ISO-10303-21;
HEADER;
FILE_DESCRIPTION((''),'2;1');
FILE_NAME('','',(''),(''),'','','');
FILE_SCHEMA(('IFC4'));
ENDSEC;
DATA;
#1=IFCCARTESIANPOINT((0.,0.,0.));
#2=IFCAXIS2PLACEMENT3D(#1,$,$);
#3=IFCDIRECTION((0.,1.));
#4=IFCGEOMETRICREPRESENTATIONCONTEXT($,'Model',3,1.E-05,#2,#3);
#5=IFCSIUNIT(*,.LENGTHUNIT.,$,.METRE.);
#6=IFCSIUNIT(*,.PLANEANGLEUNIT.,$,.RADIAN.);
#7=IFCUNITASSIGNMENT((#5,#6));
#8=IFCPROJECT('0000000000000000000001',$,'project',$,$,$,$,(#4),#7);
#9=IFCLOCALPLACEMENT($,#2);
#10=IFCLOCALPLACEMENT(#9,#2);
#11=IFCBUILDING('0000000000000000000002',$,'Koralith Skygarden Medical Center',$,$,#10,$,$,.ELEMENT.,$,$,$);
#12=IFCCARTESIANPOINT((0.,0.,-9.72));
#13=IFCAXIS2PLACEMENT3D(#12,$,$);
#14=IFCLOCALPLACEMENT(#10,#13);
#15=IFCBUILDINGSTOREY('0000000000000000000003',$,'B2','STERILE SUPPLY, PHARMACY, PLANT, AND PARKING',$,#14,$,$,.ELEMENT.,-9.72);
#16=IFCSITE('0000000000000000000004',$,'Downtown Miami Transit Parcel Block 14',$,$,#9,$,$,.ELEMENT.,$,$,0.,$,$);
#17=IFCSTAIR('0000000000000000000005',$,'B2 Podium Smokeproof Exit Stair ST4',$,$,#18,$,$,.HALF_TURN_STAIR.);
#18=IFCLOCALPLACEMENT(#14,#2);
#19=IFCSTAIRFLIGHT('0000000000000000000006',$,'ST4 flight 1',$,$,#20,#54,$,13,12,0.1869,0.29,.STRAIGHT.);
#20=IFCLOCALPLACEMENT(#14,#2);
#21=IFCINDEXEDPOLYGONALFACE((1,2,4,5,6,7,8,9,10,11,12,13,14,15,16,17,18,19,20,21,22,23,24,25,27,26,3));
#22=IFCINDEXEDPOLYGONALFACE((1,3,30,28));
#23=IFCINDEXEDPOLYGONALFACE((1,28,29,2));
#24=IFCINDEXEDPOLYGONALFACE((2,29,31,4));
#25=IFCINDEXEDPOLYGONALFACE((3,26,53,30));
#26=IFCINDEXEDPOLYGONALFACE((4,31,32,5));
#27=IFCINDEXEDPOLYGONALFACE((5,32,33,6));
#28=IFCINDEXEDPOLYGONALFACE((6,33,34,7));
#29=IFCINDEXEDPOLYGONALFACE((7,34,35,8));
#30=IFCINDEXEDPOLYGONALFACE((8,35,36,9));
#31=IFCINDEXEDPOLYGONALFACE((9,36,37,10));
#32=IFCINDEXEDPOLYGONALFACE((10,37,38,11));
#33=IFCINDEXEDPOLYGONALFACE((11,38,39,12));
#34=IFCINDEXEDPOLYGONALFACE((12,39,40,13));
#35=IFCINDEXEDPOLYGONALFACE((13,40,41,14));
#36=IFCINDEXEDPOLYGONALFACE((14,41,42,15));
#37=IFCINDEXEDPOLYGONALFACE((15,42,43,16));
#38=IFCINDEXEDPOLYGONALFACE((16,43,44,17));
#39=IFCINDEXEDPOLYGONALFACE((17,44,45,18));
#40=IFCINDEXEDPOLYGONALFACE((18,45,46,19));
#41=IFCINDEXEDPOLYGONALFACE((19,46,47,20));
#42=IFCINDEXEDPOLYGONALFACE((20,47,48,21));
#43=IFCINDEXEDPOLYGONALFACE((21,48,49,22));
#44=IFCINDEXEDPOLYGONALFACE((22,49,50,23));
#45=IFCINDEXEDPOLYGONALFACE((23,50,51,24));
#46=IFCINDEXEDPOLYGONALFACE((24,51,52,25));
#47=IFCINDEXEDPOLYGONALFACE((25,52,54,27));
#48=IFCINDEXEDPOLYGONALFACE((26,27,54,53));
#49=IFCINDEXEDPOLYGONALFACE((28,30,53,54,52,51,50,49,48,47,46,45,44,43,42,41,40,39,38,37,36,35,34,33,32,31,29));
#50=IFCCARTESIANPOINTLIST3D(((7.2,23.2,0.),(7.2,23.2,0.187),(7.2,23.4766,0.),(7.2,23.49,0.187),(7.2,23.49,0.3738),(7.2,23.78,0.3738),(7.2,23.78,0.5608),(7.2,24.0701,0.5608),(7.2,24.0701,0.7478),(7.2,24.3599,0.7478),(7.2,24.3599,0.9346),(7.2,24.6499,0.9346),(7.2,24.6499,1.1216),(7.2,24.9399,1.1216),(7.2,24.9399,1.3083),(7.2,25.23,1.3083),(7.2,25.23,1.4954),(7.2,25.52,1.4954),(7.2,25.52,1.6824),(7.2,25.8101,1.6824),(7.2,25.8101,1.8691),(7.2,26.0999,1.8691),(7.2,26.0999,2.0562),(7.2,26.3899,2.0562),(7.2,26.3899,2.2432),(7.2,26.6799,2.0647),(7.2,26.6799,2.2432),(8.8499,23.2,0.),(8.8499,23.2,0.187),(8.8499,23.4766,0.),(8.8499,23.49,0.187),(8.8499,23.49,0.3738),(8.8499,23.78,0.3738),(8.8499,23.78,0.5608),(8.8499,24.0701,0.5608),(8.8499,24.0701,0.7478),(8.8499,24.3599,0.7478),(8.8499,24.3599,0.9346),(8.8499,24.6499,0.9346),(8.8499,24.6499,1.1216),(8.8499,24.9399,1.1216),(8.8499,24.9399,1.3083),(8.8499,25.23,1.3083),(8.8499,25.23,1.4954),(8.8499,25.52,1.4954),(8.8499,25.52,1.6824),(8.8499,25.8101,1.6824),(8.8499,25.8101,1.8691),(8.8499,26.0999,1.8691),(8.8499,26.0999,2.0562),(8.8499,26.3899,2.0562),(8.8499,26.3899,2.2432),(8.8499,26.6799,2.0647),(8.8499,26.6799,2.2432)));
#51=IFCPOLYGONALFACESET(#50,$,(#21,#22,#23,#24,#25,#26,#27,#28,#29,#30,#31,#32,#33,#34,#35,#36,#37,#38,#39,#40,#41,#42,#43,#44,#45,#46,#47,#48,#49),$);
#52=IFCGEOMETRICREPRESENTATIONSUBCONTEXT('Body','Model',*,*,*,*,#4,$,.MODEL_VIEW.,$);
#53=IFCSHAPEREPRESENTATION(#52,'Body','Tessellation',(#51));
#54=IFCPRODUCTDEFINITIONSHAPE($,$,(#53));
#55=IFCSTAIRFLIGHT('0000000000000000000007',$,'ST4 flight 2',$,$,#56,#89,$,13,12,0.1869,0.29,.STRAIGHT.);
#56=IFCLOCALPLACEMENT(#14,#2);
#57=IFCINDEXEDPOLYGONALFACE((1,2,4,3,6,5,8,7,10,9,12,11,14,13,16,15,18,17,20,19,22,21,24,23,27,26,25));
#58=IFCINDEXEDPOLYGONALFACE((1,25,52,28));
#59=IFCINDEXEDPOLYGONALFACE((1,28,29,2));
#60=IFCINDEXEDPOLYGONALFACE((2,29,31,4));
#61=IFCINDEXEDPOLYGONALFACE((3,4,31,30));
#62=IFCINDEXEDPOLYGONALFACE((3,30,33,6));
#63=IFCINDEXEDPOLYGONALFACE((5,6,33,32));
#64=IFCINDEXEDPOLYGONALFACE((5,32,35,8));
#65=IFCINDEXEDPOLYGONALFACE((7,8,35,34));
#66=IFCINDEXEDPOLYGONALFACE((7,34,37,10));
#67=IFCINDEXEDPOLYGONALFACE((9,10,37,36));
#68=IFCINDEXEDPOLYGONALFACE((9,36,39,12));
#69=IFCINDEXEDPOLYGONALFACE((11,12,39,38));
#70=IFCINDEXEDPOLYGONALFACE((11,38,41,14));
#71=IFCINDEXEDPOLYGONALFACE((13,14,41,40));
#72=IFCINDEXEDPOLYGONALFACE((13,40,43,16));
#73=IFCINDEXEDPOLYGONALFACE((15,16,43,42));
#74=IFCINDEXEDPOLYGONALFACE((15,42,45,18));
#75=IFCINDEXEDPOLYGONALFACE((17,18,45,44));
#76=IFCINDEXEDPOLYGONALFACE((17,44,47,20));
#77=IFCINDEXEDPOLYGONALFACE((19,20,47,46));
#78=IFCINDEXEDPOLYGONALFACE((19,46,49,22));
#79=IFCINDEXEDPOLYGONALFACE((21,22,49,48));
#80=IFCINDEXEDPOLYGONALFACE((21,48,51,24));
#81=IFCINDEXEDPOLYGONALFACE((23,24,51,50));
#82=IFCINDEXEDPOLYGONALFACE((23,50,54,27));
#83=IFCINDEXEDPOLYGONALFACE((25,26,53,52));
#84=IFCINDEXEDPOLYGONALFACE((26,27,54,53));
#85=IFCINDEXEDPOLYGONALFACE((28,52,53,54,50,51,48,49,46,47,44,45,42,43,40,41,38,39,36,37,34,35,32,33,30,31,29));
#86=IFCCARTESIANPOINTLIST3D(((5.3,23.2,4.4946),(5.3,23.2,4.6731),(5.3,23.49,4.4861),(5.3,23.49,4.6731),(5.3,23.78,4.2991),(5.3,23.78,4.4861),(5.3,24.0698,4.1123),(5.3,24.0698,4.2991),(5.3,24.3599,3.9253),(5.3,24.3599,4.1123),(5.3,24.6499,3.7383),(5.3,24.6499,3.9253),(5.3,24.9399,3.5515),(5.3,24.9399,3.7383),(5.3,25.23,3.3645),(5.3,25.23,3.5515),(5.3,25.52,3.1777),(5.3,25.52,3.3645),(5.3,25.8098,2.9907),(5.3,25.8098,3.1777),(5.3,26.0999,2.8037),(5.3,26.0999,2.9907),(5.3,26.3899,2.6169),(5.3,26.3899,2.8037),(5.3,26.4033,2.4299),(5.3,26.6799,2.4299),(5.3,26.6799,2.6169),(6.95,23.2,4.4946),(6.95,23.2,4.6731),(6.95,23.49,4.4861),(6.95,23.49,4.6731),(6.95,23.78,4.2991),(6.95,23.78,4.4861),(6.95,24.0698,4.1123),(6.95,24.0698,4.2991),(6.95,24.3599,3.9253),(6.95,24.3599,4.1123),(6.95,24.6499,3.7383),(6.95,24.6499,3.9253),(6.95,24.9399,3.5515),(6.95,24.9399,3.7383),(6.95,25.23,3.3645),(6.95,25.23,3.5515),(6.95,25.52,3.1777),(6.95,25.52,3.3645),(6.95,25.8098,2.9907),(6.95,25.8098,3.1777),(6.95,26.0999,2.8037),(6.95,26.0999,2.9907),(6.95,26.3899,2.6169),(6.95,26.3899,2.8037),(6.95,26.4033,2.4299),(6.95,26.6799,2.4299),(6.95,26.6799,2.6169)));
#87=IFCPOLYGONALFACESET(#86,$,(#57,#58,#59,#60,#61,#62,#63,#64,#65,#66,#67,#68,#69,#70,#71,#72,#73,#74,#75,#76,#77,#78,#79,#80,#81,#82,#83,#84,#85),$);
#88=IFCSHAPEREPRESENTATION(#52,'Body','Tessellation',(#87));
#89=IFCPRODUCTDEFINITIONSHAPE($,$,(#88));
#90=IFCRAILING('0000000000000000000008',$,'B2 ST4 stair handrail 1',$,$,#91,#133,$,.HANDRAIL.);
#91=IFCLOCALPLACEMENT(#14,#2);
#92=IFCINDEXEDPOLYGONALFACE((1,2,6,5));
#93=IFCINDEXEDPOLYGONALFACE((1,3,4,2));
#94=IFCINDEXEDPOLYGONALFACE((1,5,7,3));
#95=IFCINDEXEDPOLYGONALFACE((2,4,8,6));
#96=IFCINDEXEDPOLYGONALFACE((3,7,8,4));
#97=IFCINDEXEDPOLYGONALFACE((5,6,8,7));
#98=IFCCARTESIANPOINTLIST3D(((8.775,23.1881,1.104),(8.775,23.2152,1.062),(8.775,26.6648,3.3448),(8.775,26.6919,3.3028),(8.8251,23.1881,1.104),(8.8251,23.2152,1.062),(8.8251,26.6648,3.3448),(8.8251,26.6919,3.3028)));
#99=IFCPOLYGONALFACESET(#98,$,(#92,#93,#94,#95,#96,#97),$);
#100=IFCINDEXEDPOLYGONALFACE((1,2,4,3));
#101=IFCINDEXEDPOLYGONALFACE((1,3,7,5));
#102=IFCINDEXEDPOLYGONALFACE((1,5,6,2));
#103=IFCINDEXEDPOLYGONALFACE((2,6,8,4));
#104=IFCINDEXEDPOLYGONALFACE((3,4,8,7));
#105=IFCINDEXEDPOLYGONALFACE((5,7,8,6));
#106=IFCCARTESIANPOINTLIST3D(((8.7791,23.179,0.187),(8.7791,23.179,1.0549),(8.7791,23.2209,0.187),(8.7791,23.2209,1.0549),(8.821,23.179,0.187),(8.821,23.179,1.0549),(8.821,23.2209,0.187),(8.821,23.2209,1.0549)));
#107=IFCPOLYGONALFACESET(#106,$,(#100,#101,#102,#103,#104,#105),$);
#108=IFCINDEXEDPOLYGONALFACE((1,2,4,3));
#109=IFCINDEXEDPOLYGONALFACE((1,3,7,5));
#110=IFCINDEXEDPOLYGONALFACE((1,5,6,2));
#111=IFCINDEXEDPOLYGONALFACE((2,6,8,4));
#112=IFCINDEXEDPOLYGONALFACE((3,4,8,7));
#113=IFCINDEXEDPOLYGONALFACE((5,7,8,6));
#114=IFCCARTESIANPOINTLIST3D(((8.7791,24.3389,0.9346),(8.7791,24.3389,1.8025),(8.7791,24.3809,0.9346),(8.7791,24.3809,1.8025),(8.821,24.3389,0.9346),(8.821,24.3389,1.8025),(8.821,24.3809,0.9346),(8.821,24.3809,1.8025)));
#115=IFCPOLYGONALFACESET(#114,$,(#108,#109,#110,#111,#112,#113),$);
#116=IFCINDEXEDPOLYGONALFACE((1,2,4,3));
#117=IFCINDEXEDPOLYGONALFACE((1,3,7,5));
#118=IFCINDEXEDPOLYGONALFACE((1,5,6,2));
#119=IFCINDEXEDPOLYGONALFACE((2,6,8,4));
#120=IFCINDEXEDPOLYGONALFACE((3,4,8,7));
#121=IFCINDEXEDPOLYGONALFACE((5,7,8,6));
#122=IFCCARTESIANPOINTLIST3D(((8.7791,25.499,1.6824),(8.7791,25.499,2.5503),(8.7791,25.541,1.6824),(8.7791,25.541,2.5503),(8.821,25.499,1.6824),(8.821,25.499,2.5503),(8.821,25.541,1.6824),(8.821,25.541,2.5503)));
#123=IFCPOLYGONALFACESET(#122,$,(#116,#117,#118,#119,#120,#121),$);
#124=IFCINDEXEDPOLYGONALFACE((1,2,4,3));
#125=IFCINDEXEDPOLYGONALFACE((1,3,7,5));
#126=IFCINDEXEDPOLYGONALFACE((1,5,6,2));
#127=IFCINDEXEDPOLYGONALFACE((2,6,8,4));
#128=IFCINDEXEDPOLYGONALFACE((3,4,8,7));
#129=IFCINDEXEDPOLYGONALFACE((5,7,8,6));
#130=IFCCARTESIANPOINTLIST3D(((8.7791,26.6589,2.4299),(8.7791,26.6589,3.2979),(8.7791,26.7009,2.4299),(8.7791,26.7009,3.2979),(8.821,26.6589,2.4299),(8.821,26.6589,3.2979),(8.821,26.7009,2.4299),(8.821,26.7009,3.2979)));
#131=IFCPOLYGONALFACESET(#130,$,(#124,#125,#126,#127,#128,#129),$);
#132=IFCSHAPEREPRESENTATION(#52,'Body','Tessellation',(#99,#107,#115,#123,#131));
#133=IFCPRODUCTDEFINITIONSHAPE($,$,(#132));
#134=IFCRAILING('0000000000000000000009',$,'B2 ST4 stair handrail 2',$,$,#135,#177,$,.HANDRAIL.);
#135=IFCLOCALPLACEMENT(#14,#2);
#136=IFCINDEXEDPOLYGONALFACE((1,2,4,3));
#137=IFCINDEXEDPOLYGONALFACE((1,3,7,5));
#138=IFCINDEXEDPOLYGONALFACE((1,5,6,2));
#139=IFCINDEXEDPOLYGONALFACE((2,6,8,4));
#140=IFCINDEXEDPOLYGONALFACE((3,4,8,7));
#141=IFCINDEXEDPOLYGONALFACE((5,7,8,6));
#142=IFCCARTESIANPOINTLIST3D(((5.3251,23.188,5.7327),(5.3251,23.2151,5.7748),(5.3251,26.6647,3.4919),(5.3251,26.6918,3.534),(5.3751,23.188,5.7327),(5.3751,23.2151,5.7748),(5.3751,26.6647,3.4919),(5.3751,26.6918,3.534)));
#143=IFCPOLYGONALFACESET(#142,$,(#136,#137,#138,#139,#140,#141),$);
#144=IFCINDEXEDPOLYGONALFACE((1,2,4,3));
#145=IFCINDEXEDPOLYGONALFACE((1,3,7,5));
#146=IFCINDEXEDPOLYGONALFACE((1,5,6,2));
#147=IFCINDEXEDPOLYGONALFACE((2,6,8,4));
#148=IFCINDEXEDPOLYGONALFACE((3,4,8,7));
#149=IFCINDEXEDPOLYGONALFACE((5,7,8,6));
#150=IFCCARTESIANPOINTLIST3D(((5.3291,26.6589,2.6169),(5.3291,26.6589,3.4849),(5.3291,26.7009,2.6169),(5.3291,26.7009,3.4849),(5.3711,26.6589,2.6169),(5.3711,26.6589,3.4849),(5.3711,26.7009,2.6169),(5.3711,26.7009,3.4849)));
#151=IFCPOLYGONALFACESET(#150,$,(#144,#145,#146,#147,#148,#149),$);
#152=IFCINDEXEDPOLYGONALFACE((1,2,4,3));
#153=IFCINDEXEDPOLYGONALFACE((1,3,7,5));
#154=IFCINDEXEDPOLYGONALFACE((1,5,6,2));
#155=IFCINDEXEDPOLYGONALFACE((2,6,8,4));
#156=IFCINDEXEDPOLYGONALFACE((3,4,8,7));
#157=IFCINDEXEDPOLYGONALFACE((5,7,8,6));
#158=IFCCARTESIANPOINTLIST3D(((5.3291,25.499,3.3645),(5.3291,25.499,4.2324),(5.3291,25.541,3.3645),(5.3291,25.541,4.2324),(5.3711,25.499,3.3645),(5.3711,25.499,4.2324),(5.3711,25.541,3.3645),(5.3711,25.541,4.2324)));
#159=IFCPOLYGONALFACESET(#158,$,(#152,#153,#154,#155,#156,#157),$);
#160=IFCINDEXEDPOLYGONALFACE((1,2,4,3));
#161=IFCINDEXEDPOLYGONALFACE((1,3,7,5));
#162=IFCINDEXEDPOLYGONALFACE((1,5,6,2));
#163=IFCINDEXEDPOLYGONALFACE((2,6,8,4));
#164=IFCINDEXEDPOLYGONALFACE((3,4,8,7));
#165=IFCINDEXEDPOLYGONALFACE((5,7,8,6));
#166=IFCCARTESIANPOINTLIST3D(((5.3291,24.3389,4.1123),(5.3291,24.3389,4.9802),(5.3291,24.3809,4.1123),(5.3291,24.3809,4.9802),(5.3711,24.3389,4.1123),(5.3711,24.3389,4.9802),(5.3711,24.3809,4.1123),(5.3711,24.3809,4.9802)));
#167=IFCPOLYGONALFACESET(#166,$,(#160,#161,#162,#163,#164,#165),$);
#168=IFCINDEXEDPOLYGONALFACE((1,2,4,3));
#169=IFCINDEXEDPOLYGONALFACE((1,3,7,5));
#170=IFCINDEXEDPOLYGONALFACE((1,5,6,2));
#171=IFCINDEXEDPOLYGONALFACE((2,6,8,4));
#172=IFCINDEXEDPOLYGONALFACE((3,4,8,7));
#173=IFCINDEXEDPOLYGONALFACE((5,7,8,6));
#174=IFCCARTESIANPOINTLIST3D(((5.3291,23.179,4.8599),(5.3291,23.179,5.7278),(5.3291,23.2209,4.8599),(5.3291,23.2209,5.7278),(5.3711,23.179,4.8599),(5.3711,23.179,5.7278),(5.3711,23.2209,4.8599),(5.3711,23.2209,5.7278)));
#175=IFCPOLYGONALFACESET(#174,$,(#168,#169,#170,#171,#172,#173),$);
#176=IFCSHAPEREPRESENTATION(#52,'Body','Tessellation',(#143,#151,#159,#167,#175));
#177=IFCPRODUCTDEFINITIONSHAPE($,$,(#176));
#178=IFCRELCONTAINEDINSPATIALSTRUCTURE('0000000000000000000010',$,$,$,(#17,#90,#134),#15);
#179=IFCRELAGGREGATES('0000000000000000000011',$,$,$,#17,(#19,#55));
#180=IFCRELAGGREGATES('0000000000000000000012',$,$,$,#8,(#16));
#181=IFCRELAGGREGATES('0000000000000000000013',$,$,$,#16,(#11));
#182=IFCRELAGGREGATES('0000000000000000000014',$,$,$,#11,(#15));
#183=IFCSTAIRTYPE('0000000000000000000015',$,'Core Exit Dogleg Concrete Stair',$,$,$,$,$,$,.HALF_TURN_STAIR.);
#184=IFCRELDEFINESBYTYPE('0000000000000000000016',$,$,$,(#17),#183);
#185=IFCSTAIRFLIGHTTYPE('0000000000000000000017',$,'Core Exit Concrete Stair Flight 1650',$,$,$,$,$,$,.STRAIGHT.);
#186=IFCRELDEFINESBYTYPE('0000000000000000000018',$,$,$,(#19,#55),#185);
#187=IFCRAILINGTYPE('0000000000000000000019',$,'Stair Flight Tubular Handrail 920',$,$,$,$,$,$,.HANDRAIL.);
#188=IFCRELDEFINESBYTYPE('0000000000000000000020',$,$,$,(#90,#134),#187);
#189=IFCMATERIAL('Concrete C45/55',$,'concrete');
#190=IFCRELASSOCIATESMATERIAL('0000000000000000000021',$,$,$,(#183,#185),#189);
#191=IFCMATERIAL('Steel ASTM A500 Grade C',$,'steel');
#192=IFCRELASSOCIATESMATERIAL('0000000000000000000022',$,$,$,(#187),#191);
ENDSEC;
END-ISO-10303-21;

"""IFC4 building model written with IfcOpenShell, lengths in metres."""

from ifc_helpers import new_model, si_unit, direction, frame, origin, origin_2d, place, context, subcontext, project, spatial, polyline, rectangle, outline, extrude, material, type_object, element, aggregate, save


model = new_model("IFC4")

# Units and contexts
model_context = context("Model", 3, precision=1e-05, world=origin(), true_north=direction((0.0, 1.0)))
body_context = subcontext(model_context, "Body", "Model", "MODEL_VIEW")
ifc_project = project(units=[si_unit("LENGTHUNIT", "METRE"), si_unit("PLANEANGLEUNIT", "RADIAN")], contexts=[model_context])

# Site, building, storey
site_placement = place(None, origin())
site = spatial("IfcSite", under=ifc_project, at=site_placement, Name="Downtown Miami Transit Parcel Block 14", CompositionType="ELEMENT", RefElevation=0.0)
building_placement = place(site_placement, origin())
building = spatial("IfcBuilding", under=site, at=building_placement, Name="Koralith Skygarden Medical Center", CompositionType="ELEMENT")
storey_placement = place(building_placement, frame((0.0, 0.0, -9.72)))
storey = spatial("IfcBuildingStorey", under=building, at=storey_placement, Name="B2", Description="STERILE SUPPLY, PHARMACY, PLANT, AND PARKING", CompositionType="ELEMENT", Elevation=-9.72)

# Shared definitions
ifc_material_1 = material(Name="Concrete C45/55", Category="concrete")

# Stair, stair flights
stair_type = type_object("IfcStairType", Name="Core Exit Dogleg Concrete Stair", PredefinedType="HALF_TURN_STAIR", material=ifc_material_1)
stair_placement = place(storey_placement, origin())
stair = element("IfcStair", 1, at=stair_placement, inside=storey, type_object=stair_type, Name="B2 Podium Smokeproof Exit Stair ST4", PredefinedType="HALF_TURN_STAIR")
stair_flight_type = type_object("IfcStairFlightType", Name="Core Exit Concrete Stair Flight 1650", PredefinedType="STRAIGHT", material=ifc_material_1)
stair_flight_1_placement = place(storey_placement, frame((8.0249, 23.2, 0.0), z_axis=(0.0, 0.0, 1.0), x_axis=(0.0, 1.0, 0.0)))
stair_flight_1 = element("IfcStairFlight", 2, at=stair_flight_1_placement, type_object=stair_flight_type, Name="ST4 flight 1", NumberOfRisers=13, NumberOfTreads=12, PredefinedType="STRAIGHT", RiserHeight=0.1869, TreadLength=0.29, context=body_context, shape_type="SweptSolid", body=[
    extrude(outline(polyline([(0.0, 0.0), (0.0, 0.187), (0.29, 0.187), (0.29, 0.3738), (0.5801, 0.3738), (0.5801, 0.5608), (0.8701, 0.5608), (0.8701, 0.7478), (1.1599, 0.7478), (1.1599, 0.9346), (1.45, 0.9346), (1.45, 1.1216), (1.74, 1.1216), (1.74, 1.3083), (2.03, 1.3083), (2.03, 1.4954), (2.3201, 1.4954), (2.3201, 1.6824), (2.6101, 1.6824), (2.6101, 1.8691), (2.8999, 1.8691), (2.8999, 2.0562), (3.1899, 2.0562), (3.1899, 2.2432), (3.48, 2.2432), (3.48, 2.4299), (3.48, 2.0647), (0.2766, 0.0), (0.0, 0.0)])), frame((0.0, 0.825, 0.0), z_axis=(0.0, -1.0, 0.0), x_axis=(1.0, 0.0, 0.0)), (0.0, 0.0, 1.0), 1.6499),
])
stair_flight_2_placement = place(storey_placement, frame((6.125, 26.6799, 2.4299), z_axis=(0.0, 0.0, 1.0), x_axis=(0.0, -1.0, 0.0)))
stair_flight_2 = element("IfcStairFlight", 3, at=stair_flight_2_placement, type_object=stair_flight_type, Name="ST4 flight 2", NumberOfRisers=13, NumberOfTreads=12, PredefinedType="STRAIGHT", RiserHeight=0.1869, TreadLength=0.29, context=body_context, shape_type="SweptSolid", body=[
    extrude(outline(polyline([(0.0, 0.0), (0.0, 0.187), (0.29, 0.187), (0.29, 0.3738), (0.5801, 0.3738), (0.5801, 0.5608), (0.8701, 0.5608), (0.8701, 0.7478), (1.1599, 0.7478), (1.1599, 0.9346), (1.45, 0.9346), (1.45, 1.1216), (1.74, 1.1216), (1.74, 1.3083), (2.03, 1.3083), (2.03, 1.4954), (2.3201, 1.4954), (2.3201, 1.6824), (2.6101, 1.6824), (2.6101, 1.8691), (2.8999, 1.8691), (2.8999, 2.0562), (3.1899, 2.0562), (3.1899, 2.2432), (3.48, 2.2432), (3.48, 2.4299), (3.48, 2.0647), (0.2766, 0.0), (0.0, 0.0)])), frame((0.0, 0.825, 0.0), z_axis=(0.0, -1.0, 0.0), x_axis=(1.0, 0.0, 0.0)), (0.0, 0.0, 1.0), 1.6499),
])
aggregate(stair, [stair_flight_1, stair_flight_2])

# Railings
ifc_material_2 = material(Name="Steel ASTM A500 Grade C", Category="steel")
railing_type_1 = type_object("IfcRailingType", Name="Stair Flight Tubular Handrail 920", PredefinedType="HANDRAIL", material=ifc_material_2)
railing_1_placement = place(storey_placement, frame((8.8, 23.2, 0.187)))
element("IfcRailing", 4, at=railing_1_placement, inside=storey, type_object=railing_type_1, Name="B2 ST4 stair handrail 1", PredefinedType="HANDRAIL", context=body_context, shape_type="SweptSolid", body=[
    extrude(rectangle(XDim=0.05, YDim=0.05, at=origin_2d()), frame((0.0, 0.0017, 0.896), z_axis=(0.0, 0.840542, 0.541747), x_axis=(-1.0, 0.0, 0.0)), (0.0, 0.0, 1.0), 4.1362),
    extrude(rectangle(XDim=0.042, YDim=0.042, at=origin_2d()), origin(), (0.0, 0.0, 1.0), 0.8679),
    extrude(rectangle(XDim=0.042, YDim=0.042, at=origin_2d()), frame((0.0, 1.1599, 0.7476)), (0.0, 0.0, 1.0), 0.8679),
    extrude(rectangle(XDim=0.042, YDim=0.042, at=origin_2d()), frame((0.0, 2.3201, 1.4954)), (0.0, 0.0, 1.0), 0.8679),
    extrude(rectangle(XDim=0.042, YDim=0.042, at=origin_2d()), frame((0.0, 3.48, 2.2429)), (0.0, 0.0, 1.0), 0.8679),
])
railing_2_placement = place(storey_placement, frame((5.3501, 26.6799, 2.6169)))
element("IfcRailing", 5, at=railing_2_placement, inside=storey, type_object=railing_type_1, Name="B2 ST4 stair handrail 2", PredefinedType="HANDRAIL", context=body_context, shape_type="SweptSolid", body=[
    extrude(rectangle(XDim=0.05, YDim=0.05, at=origin_2d()), frame((0.0, -0.0017, 0.896), z_axis=(0.0, -0.840542, 0.541747), x_axis=(1.0, 0.0, 0.0)), (0.0, 0.0, 1.0), 4.1362),
    extrude(rectangle(XDim=0.042, YDim=0.042, at=origin_2d()), origin(), (0.0, 0.0, 1.0), 0.8679),
    extrude(rectangle(XDim=0.042, YDim=0.042, at=origin_2d()), frame((0.0, -1.1599, 0.7476)), (0.0, 0.0, 1.0), 0.8679),
    extrude(rectangle(XDim=0.042, YDim=0.042, at=origin_2d()), frame((0.0, -2.3201, 1.4954)), (0.0, 0.0, 1.0), 0.8679),
    extrude(rectangle(XDim=0.042, YDim=0.042, at=origin_2d()), frame((0.0, -3.48, 2.2429)), (0.0, 0.0, 1.0), 0.8679),
])

save(model, "model.ifc")
